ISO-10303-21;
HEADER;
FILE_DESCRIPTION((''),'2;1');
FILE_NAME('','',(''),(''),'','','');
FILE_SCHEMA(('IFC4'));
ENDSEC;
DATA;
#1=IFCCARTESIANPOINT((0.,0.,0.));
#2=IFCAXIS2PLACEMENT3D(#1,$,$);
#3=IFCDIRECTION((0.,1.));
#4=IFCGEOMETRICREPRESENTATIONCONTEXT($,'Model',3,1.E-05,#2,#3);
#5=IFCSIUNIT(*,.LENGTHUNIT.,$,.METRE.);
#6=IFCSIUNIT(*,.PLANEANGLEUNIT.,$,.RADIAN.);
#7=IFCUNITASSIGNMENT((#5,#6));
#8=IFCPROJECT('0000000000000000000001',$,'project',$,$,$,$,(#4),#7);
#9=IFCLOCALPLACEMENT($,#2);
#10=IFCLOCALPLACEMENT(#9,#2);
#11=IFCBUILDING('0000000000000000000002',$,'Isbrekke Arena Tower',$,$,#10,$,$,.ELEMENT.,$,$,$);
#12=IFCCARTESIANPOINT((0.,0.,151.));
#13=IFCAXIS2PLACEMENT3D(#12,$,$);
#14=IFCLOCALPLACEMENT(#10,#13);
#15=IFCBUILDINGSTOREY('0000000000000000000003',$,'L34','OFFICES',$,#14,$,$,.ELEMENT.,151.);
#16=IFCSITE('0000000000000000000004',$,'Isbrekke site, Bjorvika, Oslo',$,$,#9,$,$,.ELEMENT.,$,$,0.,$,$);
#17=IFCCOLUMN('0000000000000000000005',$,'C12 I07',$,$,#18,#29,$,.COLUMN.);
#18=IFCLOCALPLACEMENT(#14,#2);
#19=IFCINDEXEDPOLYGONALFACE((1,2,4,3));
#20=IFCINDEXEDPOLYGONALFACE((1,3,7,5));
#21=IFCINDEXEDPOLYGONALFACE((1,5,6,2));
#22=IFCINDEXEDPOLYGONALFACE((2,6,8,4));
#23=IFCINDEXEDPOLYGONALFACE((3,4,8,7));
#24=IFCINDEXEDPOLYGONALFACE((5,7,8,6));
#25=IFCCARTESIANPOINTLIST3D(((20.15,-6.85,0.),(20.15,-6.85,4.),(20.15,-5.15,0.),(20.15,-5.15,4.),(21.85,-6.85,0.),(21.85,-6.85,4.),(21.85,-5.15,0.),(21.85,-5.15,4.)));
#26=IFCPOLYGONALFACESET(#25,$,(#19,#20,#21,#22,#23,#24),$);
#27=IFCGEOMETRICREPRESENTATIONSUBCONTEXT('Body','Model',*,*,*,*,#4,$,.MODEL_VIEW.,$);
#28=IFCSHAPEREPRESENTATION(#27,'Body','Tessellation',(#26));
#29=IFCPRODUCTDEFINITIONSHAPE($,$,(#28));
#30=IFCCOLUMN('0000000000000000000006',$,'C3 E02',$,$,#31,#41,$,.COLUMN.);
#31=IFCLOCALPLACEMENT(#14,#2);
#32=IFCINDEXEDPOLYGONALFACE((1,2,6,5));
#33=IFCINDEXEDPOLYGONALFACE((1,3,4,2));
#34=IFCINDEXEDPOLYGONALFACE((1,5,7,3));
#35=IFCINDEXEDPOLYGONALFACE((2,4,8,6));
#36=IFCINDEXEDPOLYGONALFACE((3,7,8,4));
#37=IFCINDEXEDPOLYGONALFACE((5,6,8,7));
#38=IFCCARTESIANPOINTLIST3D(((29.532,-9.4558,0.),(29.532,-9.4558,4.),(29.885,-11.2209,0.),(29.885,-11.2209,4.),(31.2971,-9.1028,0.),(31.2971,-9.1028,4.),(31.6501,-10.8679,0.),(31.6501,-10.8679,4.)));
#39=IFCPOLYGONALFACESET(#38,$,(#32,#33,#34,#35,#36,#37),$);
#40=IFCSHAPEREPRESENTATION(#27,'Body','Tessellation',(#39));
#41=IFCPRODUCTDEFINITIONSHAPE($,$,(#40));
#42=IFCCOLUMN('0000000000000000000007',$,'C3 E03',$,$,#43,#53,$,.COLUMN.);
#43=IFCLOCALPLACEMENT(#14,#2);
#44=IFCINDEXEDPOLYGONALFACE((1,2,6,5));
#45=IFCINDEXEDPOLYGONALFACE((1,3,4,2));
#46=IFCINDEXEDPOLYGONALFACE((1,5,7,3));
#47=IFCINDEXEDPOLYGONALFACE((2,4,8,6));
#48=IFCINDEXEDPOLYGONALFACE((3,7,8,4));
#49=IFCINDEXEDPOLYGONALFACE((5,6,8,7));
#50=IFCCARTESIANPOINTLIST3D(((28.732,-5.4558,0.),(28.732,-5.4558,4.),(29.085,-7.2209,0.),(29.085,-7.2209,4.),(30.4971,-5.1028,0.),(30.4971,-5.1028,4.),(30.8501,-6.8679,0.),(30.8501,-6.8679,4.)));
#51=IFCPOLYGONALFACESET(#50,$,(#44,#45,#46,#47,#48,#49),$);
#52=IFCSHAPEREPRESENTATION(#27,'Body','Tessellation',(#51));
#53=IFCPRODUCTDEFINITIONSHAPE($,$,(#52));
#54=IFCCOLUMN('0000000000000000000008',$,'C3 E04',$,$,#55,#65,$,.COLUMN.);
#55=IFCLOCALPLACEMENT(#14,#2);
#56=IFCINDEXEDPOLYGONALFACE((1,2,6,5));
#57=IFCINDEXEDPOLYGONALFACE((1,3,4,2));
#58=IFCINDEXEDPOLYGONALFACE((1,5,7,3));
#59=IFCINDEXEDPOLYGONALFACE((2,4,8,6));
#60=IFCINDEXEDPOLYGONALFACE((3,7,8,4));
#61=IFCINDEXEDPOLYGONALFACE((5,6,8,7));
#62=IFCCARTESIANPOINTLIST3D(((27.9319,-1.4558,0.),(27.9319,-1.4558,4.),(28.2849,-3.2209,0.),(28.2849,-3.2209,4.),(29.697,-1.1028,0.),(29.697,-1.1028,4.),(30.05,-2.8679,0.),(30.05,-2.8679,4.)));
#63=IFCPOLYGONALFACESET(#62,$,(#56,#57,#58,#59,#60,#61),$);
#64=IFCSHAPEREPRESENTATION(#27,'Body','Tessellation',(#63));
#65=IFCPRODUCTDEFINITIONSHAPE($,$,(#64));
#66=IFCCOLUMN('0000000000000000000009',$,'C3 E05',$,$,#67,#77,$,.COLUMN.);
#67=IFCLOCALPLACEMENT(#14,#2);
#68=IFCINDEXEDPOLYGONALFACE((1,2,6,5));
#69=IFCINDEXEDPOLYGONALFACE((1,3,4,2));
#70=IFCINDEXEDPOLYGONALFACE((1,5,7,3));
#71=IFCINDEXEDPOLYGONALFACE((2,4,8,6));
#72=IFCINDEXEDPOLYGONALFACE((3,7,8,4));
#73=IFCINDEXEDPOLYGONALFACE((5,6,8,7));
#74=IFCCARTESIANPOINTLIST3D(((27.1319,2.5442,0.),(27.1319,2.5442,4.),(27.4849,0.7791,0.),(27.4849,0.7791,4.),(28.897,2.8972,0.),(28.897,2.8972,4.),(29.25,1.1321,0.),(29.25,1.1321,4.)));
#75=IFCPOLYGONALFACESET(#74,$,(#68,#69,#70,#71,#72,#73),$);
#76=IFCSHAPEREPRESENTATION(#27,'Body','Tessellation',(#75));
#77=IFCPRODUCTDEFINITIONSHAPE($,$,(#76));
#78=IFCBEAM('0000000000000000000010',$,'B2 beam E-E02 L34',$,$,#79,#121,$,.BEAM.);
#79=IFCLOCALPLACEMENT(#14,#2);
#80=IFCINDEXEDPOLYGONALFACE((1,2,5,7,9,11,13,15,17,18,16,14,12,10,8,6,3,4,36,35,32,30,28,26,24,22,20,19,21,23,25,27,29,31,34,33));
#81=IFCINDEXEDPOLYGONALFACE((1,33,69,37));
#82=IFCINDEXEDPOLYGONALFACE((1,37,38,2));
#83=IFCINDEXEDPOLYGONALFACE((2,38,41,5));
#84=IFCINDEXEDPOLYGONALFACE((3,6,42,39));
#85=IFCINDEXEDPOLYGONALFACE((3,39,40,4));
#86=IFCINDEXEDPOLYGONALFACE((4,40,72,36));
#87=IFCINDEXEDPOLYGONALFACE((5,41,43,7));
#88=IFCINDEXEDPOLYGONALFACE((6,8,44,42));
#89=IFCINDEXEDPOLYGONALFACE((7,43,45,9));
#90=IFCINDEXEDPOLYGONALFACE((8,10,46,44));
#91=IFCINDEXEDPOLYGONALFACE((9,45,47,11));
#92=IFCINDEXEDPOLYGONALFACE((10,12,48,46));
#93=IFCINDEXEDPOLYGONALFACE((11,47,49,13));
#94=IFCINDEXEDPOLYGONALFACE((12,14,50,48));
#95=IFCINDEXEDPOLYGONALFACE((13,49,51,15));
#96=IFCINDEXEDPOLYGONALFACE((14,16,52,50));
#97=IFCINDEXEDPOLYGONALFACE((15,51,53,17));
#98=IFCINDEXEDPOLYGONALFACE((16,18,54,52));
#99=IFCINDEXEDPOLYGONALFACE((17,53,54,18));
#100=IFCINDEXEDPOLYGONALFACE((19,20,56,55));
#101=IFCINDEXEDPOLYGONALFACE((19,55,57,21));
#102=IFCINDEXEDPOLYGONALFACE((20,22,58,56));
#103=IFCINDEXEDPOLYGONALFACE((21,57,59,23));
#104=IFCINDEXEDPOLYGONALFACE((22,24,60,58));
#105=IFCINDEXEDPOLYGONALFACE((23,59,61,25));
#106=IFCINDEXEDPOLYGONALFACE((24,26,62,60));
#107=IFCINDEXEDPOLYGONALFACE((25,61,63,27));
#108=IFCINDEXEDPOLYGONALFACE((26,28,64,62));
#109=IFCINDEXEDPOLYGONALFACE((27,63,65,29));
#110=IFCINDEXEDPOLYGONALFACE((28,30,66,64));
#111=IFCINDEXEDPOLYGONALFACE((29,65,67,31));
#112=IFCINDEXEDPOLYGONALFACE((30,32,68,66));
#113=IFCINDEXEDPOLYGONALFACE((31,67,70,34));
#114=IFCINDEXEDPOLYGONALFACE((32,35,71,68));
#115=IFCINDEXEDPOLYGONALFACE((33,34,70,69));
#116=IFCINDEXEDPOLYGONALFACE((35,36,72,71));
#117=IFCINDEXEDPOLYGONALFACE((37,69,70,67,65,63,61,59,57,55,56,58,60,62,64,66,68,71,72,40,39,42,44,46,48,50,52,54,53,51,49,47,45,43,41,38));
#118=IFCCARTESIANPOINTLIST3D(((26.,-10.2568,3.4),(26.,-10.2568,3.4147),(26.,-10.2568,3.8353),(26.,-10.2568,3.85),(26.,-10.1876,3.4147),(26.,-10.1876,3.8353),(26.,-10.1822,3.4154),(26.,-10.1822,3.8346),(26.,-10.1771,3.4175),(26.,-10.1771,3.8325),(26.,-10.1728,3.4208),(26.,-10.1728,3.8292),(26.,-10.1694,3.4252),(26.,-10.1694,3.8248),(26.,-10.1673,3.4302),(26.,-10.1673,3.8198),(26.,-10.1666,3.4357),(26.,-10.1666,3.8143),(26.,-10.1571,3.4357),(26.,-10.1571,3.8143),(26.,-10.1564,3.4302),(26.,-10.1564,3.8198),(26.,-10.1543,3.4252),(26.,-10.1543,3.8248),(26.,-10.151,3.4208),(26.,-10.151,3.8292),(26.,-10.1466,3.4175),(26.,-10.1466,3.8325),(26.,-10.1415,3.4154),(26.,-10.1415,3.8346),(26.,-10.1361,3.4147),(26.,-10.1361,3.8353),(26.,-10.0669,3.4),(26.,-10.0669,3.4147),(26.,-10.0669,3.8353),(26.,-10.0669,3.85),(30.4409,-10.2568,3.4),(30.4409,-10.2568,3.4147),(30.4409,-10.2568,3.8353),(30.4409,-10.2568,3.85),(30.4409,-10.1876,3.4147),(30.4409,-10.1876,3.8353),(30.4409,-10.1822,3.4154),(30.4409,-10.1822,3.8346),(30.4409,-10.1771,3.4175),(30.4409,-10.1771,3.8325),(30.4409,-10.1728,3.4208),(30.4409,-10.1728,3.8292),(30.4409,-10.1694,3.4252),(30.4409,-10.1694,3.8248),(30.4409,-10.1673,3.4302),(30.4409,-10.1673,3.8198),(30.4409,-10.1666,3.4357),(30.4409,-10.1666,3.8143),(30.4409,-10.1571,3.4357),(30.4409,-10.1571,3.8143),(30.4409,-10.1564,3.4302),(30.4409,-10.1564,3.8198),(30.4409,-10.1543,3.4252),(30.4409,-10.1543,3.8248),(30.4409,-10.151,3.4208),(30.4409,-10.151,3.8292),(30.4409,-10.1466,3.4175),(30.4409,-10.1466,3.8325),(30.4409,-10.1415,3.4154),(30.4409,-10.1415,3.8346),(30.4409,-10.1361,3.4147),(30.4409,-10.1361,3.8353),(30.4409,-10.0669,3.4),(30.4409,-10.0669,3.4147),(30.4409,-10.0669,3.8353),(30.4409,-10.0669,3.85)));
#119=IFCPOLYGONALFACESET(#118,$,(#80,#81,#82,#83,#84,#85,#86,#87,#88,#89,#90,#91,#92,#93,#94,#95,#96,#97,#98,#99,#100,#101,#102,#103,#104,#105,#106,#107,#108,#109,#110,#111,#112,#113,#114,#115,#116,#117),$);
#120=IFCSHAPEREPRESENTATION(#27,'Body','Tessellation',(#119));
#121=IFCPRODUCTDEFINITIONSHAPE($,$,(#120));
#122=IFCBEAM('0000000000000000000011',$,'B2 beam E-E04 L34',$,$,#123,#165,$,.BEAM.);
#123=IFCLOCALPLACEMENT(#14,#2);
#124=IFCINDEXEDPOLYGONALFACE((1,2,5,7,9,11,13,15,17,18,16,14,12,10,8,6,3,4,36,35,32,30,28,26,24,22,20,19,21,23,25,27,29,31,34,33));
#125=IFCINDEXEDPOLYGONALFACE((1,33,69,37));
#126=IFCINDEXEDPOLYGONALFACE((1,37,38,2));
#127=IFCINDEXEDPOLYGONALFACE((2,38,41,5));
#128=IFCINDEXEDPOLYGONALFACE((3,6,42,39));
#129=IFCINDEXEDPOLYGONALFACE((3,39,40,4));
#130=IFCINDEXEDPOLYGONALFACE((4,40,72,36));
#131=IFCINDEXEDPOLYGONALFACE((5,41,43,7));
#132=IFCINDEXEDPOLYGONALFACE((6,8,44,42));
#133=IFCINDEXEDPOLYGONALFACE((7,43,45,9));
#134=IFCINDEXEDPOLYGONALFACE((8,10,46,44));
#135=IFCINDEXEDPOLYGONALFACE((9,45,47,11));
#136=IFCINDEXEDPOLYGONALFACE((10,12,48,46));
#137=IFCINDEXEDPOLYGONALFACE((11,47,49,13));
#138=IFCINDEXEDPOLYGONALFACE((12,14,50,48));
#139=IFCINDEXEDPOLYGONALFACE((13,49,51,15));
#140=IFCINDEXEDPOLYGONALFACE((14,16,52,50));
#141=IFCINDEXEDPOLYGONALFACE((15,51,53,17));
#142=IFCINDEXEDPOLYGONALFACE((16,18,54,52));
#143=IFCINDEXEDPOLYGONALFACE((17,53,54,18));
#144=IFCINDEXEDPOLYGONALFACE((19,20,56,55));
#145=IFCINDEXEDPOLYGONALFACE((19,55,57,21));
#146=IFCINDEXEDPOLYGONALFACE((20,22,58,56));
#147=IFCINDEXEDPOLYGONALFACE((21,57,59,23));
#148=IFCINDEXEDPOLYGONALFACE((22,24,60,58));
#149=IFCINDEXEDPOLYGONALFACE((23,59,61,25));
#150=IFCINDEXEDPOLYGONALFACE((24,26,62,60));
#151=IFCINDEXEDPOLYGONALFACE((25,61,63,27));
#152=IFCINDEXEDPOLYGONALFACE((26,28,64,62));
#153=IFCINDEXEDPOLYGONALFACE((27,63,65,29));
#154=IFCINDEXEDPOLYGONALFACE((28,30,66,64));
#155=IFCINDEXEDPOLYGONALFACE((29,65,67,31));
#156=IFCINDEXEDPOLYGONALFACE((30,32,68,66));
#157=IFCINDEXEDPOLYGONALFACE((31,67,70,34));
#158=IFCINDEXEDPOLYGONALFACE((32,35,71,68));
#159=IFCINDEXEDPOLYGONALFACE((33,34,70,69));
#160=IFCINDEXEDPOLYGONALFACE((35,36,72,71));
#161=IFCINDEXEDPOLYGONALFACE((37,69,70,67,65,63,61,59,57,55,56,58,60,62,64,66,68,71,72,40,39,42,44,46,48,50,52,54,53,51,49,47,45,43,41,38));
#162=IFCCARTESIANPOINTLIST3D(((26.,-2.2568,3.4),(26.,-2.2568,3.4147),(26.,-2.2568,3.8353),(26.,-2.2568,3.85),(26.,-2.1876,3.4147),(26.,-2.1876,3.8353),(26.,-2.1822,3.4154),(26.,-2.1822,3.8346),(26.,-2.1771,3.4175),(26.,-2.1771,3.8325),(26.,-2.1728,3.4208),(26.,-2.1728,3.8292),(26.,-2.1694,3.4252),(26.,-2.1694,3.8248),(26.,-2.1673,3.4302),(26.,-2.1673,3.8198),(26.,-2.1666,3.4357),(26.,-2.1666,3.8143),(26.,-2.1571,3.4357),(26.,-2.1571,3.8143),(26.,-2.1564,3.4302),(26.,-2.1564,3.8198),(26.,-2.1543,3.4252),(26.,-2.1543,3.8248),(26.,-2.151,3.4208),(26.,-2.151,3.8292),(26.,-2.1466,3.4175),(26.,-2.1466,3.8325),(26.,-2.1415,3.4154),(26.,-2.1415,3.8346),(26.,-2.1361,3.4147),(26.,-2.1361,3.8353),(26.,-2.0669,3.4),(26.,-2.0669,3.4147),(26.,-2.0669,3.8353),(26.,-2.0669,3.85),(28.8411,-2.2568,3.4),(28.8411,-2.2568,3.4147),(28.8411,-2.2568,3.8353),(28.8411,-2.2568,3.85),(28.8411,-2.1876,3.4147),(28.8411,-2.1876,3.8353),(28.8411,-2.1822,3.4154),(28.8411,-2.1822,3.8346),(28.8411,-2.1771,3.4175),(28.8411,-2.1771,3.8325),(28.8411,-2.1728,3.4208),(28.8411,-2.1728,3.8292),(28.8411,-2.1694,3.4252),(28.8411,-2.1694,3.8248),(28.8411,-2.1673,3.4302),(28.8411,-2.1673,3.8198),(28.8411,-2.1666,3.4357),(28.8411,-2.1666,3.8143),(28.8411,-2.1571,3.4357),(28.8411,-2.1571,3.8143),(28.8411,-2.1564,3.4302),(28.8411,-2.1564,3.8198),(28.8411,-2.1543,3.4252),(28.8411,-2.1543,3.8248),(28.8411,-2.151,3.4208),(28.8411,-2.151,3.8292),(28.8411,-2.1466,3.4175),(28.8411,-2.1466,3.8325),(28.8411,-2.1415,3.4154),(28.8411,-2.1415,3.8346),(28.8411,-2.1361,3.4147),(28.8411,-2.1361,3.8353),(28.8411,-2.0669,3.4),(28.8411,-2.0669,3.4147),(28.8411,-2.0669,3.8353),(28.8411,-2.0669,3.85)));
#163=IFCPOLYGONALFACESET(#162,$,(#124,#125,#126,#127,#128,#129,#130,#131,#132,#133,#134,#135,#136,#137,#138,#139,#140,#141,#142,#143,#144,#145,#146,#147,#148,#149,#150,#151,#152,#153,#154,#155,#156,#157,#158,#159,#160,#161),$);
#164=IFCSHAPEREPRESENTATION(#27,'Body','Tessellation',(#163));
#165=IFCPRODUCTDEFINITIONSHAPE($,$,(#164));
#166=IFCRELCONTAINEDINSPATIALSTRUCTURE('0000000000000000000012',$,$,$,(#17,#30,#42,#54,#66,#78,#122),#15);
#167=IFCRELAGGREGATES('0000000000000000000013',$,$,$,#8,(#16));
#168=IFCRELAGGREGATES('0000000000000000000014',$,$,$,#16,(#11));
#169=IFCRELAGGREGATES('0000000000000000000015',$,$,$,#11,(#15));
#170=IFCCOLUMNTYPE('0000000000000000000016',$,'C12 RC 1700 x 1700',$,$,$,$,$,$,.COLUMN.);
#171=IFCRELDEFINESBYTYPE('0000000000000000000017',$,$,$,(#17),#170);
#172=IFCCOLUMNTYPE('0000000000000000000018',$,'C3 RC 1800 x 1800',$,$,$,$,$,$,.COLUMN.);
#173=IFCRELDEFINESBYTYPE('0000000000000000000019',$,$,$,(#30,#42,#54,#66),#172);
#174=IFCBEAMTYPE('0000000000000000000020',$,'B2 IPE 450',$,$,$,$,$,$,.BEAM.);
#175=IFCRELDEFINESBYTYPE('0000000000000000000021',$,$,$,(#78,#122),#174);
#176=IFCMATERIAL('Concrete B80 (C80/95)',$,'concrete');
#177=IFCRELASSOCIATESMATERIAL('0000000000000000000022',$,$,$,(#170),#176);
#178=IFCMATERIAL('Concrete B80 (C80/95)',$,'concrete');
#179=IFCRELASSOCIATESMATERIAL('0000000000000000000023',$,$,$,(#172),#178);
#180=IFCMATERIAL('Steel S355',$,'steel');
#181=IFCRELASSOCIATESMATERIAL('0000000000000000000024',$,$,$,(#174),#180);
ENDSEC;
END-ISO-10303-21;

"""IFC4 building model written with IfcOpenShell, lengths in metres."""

from ifc_helpers import new_model, si_unit, direction, frame, origin, origin_2d, place, context, subcontext, project, spatial, rectangle, i_section, extrude, material, material_profile, profile_set, type_object, element, save


model = new_model("IFC4")

# Units and contexts
model_context = context("Model", 3, precision=1e-05, world=origin(), true_north=direction((0.0, 1.0)))
body_context = subcontext(model_context, "Body", "Model", "MODEL_VIEW")
ifc_project = project(units=[si_unit("LENGTHUNIT", "METRE"), si_unit("PLANEANGLEUNIT", "RADIAN")], contexts=[model_context])

# Site, building, storey
site_placement = place(None, origin())
site = spatial("IfcSite", under=ifc_project, at=site_placement, Name="Isbrekke site, Bjorvika, Oslo", CompositionType="ELEMENT", RefElevation=0.0)
building_placement = place(site_placement, origin())
building = spatial("IfcBuilding", under=site, at=building_placement, Name="Isbrekke Arena Tower", CompositionType="ELEMENT")
storey_placement = place(building_placement, frame((0.0, 0.0, 151.0)))
storey = spatial("IfcBuildingStorey", under=building, at=storey_placement, Name="L34", Description="OFFICES", CompositionType="ELEMENT", Elevation=151.0)

# Columns
ifc_material_1 = material(Name="Concrete B80 (C80/95)", Category="concrete")
ifc_material_profile_1 = material_profile(ifc_material_1, rectangle(XDim=1.7, YDim=1.7, at=origin_2d()), Name="RC 1700x1700")
ifc_profile_set_1 = profile_set([ifc_material_profile_1], Name="Concrete B80 (C80/95)")
column_type_1 = type_object("IfcColumnType", Name="C12 RC 1700 x 1700", PredefinedType="COLUMN", material=ifc_profile_set_1)
column_placement = place(storey_placement, frame((21.0, -6.0, 0.0), z_axis=(0.0, 0.0, 1.0), x_axis=(1.0, 0.0, 0.0)))
element("IfcColumn", 1, at=column_placement, inside=storey, type_object=column_type_1, Name="C12 I07", PredefinedType="COLUMN", context=body_context, shape_type="SweptSolid", body=[
    extrude(rectangle(XDim=1.7, YDim=1.7, at=origin_2d()), origin(), (0.0, 0.0, 1.0), 4.0),
])
ifc_material_2 = material(Name="Concrete B80 (C80/95)", Category="concrete")
ifc_material_profile_2 = material_profile(ifc_material_2, rectangle(XDim=1.8, YDim=1.8, at=origin_2d()), Name="RC 1800x1800")
ifc_profile_set_2 = profile_set([ifc_material_profile_2], Name="Concrete B80 (C80/95)")
column_type_2 = type_object("IfcColumnType", Name="C3 RC 1800 x 1800", PredefinedType="COLUMN", material=ifc_profile_set_2)
for number, where, z_axis, x_axis, name in (
    (2, (30.5911, -10.1619, 0.0), (0.0, 0.0, 1.0), (-0.196116, 0.980581, 0.0), "C3 E02"),
    (3, (29.791, -6.1619, 0.0), (0.0, 0.0, 1.0), (-0.196116, 0.980581, 0.0), "C3 E03"),
    (4, (28.991, -2.1619, 0.0), (0.0, 0.0, 1.0), (-0.196116, 0.980581, 0.0), "C3 E04"),
    (5, (28.1909, 1.8381, 0.0), (0.0, 0.0, 1.0), (-0.196116, 0.980581, 0.0), "C3 E05"),
):
    element("IfcColumn", number, at=place(storey_placement, frame(where, z_axis=z_axis, x_axis=x_axis)), inside=storey, type_object=column_type_2, Name=name, PredefinedType="COLUMN", context=body_context, shape_type="SweptSolid", body=[
        extrude(rectangle(XDim=1.8, YDim=1.8, at=origin_2d()), origin(), (0.0, 0.0, 1.0), 4.0),
    ])

# Beams
ifc_material_3 = material(Name="Steel S355", Category="steel")
ifc_material_profile_3 = material_profile(ifc_material_3, i_section(OverallWidth=0.1899, OverallDepth=0.45, WebThickness=0.0095, FlangeThickness=0.0146, FilletRadius=0.021, at=origin_2d()), Name="IPE 450")
ifc_profile_set_3 = profile_set([ifc_material_profile_3], Name="Steel S355")
beam_type_1 = type_object("IfcBeamType", Name="B2 IPE 450", PredefinedType="BEAM", material=ifc_profile_set_3)
beam_1_placement = place(storey_placement, frame((30.4409, -10.1619, 3.625), z_axis=(-1.0, 0.0, 0.0), x_axis=(0.0, -1.0, 0.0)))
element("IfcBeam", 6, at=beam_1_placement, inside=storey, type_object=beam_type_1, Name="B2 beam E-E02 L34", PredefinedType="BEAM", context=body_context, shape_type="SweptSolid", body=[
    extrude(i_section(OverallWidth=0.1899, OverallDepth=0.45, WebThickness=0.0095, FlangeThickness=0.0146, FilletRadius=0.021, at=origin_2d()), origin(), (0.0, 0.0, 1.0), 4.4409),
])
beam_2_placement = place(storey_placement, frame((28.8411, -2.1619, 3.625), z_axis=(-1.0, 0.0, 0.0), x_axis=(0.0, -1.0, 0.0)))
element("IfcBeam", 7, at=beam_2_placement, inside=storey, type_object=beam_type_1, Name="B2 beam E-E04 L34", PredefinedType="BEAM", context=body_context, shape_type="SweptSolid", body=[
    extrude(i_section(OverallWidth=0.1899, OverallDepth=0.45, WebThickness=0.0095, FlangeThickness=0.0146, FilletRadius=0.021, at=origin_2d()), origin(), (0.0, 0.0, 1.0), 2.8411),
])

save(model, "model.ifc")
